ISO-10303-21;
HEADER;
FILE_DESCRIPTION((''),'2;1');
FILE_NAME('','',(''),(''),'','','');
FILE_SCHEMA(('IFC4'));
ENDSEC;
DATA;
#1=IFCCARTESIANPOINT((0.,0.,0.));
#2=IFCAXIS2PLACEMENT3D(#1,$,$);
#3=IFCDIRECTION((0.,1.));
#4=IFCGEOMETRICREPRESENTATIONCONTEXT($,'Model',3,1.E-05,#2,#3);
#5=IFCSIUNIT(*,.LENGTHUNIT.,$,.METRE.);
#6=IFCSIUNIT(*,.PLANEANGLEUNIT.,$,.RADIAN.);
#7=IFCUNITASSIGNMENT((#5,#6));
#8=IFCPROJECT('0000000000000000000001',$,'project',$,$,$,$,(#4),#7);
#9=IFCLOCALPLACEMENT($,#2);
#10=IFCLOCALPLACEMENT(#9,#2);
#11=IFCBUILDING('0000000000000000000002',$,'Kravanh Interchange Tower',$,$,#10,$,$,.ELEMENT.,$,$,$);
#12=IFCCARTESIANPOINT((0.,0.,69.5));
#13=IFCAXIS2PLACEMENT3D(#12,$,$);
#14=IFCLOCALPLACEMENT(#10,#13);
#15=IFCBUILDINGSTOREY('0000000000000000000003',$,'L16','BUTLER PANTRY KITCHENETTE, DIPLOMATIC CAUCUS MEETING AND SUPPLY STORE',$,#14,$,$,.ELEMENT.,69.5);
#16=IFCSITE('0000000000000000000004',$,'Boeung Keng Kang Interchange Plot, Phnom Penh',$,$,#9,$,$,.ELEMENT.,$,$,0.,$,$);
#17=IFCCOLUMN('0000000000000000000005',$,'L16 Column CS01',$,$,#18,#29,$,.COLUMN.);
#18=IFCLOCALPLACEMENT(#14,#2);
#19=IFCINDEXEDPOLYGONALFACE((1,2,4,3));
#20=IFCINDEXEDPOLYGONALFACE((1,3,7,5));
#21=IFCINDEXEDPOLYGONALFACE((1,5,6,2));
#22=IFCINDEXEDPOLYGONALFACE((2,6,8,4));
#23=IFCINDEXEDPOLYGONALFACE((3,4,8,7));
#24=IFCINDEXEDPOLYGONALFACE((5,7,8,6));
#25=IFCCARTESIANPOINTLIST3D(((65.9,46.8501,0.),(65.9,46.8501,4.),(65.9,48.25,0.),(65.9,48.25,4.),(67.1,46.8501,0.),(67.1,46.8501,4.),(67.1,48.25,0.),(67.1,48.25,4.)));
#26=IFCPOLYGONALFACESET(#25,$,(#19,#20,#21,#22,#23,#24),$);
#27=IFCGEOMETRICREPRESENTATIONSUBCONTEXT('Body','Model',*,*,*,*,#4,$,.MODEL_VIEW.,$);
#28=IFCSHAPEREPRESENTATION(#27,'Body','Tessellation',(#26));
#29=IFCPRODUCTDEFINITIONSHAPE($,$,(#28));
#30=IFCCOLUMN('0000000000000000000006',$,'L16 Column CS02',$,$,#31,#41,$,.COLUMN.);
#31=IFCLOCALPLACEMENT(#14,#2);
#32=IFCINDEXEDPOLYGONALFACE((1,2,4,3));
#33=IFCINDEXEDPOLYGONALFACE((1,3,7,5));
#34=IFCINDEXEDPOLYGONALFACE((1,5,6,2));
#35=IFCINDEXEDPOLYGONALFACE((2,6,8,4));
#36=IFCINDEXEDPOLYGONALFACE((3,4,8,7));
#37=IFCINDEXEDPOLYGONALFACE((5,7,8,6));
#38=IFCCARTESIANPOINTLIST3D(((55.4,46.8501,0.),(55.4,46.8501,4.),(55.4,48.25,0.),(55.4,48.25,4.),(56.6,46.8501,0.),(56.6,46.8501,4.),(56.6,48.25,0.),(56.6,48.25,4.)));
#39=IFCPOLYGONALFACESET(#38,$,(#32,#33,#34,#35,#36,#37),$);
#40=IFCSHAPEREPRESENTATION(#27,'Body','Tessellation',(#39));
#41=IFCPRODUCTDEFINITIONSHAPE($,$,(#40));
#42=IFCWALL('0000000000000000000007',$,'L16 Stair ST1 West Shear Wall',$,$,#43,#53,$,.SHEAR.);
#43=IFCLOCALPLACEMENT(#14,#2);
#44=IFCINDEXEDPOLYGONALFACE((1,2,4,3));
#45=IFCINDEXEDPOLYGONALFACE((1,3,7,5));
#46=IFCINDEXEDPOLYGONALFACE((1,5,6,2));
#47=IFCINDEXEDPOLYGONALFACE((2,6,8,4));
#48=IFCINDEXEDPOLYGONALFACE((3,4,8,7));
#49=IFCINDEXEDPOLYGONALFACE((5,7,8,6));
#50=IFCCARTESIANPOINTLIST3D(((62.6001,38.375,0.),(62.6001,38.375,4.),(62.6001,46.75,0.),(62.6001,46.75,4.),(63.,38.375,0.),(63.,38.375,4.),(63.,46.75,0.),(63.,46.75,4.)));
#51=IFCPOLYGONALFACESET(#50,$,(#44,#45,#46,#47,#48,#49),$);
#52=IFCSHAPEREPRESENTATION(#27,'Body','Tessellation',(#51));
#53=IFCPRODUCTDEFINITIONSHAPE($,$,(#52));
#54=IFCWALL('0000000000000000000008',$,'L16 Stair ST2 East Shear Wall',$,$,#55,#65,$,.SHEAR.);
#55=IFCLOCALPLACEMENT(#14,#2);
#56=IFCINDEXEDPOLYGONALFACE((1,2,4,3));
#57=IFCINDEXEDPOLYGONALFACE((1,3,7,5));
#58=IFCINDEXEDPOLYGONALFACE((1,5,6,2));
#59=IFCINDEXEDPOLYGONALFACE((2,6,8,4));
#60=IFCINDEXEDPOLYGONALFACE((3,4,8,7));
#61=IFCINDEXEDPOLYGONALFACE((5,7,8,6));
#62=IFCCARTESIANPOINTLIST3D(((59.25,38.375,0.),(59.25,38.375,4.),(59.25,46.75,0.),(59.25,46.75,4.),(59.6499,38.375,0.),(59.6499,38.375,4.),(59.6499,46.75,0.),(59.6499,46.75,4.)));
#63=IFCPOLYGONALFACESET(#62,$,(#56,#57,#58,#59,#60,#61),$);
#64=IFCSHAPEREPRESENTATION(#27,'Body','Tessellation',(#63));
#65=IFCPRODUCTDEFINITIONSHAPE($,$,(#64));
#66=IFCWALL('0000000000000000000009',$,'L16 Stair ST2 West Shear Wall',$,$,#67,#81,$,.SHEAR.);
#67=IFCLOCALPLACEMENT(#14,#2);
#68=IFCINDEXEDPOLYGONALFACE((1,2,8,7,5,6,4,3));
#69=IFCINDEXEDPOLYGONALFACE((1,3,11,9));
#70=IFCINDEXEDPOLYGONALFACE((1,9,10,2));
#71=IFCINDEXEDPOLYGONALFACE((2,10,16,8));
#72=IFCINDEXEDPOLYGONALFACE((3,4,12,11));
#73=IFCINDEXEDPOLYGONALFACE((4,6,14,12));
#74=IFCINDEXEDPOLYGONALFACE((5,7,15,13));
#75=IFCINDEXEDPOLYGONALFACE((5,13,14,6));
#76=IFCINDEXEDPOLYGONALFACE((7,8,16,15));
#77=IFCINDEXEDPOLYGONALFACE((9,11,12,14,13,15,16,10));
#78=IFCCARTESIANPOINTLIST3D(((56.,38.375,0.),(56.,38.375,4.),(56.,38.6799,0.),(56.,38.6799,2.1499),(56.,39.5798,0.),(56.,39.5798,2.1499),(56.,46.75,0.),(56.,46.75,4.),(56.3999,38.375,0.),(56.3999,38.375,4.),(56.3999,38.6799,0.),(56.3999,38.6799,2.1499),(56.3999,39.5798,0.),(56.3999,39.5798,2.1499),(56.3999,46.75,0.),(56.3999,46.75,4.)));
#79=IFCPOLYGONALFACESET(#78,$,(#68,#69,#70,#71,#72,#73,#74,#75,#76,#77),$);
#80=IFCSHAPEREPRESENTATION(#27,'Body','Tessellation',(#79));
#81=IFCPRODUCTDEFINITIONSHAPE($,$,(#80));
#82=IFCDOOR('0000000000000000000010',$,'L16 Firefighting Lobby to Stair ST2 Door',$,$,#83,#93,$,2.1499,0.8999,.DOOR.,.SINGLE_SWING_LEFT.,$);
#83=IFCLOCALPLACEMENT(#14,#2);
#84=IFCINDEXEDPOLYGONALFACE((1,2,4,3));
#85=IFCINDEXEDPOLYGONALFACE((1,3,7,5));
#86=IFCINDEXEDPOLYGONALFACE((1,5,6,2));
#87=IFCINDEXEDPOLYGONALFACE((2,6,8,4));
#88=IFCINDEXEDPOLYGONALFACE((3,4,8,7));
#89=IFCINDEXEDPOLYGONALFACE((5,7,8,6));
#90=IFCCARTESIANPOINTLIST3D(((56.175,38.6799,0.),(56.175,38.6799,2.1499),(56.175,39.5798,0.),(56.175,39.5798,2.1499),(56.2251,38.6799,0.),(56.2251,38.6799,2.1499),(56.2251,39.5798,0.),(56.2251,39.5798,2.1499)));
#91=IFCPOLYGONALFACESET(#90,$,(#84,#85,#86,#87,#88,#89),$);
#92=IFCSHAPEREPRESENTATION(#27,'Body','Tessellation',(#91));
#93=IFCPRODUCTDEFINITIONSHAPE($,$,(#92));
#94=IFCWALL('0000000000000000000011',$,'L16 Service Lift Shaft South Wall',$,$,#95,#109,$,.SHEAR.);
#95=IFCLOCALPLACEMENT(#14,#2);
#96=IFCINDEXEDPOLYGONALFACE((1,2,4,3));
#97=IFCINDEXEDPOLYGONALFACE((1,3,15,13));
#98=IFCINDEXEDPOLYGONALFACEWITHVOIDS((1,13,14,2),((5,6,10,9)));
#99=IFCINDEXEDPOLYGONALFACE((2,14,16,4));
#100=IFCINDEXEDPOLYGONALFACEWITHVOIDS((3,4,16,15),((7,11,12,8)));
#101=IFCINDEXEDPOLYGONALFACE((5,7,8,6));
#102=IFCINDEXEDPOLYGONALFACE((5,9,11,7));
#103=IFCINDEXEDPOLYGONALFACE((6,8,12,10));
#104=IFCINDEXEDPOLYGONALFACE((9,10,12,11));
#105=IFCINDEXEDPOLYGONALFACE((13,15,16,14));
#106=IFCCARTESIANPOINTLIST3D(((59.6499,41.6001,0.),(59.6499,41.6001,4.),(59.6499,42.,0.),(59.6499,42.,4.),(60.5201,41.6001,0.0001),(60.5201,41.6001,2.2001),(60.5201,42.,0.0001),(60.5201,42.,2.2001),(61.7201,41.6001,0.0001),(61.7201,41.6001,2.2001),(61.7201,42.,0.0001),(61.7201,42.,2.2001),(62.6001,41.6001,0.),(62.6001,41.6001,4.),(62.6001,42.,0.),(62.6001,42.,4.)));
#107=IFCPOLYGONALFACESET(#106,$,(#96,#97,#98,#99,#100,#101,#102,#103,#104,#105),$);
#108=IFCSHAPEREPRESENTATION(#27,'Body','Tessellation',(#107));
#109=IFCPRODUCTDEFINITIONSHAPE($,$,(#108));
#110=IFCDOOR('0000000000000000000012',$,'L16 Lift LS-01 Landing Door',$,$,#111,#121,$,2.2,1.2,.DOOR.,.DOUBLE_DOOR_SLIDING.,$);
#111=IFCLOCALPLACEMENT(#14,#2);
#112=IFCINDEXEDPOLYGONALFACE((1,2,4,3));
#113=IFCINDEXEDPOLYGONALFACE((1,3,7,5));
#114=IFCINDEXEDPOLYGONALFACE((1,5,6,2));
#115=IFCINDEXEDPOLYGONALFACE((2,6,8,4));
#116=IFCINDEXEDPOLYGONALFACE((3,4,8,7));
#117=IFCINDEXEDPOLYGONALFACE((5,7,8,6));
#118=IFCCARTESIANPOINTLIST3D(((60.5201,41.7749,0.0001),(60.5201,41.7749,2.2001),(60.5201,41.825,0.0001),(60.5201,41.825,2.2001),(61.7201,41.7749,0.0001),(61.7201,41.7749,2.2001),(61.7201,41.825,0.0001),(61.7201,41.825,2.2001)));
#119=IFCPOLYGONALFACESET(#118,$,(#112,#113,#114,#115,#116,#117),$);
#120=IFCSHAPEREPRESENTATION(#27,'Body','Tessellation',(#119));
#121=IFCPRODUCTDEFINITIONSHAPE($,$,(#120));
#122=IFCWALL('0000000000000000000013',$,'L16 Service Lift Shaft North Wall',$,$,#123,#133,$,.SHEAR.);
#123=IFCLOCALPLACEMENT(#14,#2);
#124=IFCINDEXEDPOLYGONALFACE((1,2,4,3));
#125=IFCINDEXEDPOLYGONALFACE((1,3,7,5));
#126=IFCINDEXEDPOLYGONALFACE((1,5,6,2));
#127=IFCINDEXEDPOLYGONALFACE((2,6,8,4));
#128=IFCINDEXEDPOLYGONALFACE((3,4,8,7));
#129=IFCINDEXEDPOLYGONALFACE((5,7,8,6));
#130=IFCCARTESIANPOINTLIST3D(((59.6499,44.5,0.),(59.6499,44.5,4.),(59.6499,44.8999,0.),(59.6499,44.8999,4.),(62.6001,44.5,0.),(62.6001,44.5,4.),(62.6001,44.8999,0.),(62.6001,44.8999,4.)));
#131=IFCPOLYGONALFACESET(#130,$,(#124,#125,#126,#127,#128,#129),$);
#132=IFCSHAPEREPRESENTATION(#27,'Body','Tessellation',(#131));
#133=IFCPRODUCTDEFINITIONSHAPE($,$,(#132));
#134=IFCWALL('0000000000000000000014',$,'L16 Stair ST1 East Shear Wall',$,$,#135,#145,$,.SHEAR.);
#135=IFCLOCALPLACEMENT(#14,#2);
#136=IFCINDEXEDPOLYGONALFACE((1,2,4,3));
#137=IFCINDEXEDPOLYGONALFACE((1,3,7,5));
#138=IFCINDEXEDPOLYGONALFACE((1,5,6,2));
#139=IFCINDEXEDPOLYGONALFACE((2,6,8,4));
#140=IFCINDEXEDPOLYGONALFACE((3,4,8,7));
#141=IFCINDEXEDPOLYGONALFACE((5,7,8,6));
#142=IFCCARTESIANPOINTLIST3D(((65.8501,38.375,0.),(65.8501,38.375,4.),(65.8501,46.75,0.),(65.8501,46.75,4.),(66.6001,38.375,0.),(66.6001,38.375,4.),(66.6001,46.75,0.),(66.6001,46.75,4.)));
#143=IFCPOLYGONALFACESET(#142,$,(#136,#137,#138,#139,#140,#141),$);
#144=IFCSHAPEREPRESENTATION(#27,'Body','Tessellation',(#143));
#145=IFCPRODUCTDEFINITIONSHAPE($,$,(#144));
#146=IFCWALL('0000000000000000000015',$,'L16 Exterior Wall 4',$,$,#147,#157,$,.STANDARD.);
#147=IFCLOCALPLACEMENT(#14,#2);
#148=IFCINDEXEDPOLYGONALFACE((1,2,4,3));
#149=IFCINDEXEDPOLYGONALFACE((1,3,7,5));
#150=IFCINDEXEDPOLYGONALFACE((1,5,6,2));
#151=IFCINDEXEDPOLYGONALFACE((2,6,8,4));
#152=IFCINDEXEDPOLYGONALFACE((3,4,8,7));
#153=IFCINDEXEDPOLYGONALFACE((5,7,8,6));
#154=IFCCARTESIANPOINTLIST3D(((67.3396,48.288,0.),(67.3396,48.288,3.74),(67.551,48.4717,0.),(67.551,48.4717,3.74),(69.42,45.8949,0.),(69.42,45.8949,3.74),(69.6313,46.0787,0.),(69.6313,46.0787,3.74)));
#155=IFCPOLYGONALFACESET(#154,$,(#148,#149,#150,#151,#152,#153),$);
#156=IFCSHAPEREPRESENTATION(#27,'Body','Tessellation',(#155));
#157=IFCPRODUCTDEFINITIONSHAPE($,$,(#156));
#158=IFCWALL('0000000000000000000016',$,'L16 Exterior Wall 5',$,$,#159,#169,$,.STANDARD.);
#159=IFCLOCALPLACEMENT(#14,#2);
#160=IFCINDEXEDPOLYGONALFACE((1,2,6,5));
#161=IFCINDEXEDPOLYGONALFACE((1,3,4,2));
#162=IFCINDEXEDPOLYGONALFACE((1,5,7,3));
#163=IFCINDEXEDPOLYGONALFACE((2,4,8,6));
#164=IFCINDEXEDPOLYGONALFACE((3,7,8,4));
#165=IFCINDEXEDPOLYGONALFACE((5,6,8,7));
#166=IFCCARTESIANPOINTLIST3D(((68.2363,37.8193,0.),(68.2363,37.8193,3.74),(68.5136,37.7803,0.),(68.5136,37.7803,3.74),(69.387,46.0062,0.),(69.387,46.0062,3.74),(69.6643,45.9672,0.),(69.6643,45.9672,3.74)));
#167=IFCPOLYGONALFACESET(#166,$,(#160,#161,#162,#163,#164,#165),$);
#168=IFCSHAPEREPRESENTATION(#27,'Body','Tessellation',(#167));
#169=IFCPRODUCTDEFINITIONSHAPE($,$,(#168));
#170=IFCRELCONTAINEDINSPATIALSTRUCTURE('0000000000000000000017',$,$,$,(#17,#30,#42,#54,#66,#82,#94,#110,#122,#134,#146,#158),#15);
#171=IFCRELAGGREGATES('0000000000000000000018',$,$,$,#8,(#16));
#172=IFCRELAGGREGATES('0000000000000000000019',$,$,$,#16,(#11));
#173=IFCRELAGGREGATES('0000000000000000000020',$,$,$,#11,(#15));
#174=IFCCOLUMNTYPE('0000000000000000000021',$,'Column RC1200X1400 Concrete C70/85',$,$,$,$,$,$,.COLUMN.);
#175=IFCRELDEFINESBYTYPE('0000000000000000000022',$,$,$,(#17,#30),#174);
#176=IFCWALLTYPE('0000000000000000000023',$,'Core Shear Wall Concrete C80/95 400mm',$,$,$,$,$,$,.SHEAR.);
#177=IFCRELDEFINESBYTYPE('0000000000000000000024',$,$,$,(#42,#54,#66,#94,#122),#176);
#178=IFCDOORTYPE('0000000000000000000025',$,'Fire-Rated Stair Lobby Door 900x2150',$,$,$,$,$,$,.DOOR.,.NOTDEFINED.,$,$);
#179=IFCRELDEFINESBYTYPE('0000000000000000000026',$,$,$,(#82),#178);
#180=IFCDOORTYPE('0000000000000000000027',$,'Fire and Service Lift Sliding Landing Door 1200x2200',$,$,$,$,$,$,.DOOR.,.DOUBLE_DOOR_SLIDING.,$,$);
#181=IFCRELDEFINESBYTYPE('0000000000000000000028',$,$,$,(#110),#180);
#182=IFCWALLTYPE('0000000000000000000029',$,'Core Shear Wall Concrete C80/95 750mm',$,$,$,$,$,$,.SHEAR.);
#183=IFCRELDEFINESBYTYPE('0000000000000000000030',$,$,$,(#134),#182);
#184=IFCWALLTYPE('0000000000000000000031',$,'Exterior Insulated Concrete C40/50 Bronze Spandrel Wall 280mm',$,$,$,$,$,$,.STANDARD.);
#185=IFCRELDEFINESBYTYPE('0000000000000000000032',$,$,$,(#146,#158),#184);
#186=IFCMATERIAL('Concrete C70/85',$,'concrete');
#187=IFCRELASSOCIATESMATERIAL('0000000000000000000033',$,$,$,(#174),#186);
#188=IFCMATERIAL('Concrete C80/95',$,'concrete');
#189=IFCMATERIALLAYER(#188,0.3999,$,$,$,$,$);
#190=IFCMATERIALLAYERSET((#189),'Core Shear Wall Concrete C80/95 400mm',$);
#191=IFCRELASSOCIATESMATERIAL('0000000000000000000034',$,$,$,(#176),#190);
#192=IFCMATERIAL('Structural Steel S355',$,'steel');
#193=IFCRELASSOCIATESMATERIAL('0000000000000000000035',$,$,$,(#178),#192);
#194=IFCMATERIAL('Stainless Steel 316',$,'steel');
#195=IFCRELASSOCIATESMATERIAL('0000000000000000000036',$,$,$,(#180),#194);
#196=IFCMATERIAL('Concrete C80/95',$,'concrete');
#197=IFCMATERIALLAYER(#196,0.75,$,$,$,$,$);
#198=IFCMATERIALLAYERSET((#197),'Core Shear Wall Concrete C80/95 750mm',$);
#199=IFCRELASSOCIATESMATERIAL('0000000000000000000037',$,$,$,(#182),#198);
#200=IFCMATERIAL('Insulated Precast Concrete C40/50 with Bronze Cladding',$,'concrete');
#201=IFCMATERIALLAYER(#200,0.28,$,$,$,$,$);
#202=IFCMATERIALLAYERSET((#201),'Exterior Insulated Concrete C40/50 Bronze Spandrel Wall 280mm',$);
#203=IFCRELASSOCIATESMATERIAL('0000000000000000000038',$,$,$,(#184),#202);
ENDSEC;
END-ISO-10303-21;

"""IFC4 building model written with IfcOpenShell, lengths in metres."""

from ifc_helpers import new_model, si_unit, direction, frame, frame_2d, origin, origin_2d, place, context, subcontext, project, spatial, rectangle, extrude, material, layer, layer_set, material_profile, profile_set, type_object, element, fill, save


model = new_model("IFC4")

# Units and contexts
model_context = context("Model", 3, precision=1e-05, world=origin(), true_north=direction((0.0, 1.0)))
body_context = subcontext(model_context, "Body", "Model", "MODEL_VIEW")
ifc_project = project(units=[si_unit("LENGTHUNIT", "METRE"), si_unit("PLANEANGLEUNIT", "RADIAN")], contexts=[model_context])

# Site, building, storey
site_placement = place(None, origin())
site = spatial("IfcSite", under=ifc_project, at=site_placement, Name="Boeung Keng Kang Interchange Plot, Phnom Penh", CompositionType="ELEMENT", RefElevation=0.0)
building_placement = place(site_placement, origin())
building = spatial("IfcBuilding", under=site, at=building_placement, Name="Kravanh Interchange Tower", CompositionType="ELEMENT")
storey_placement = place(building_placement, frame((0.0, 0.0, 69.5)))
storey = spatial("IfcBuildingStorey", under=building, at=storey_placement, Name="L16", Description="BUTLER PANTRY KITCHENETTE, DIPLOMATIC CAUCUS MEETING AND SUPPLY STORE", CompositionType="ELEMENT", Elevation=69.5)

# Columns
ifc_material_1 = material(Name="Concrete C70/85", Category="concrete")
ifc_material_profile = material_profile(ifc_material_1, rectangle(XDim=1.2, YDim=1.3999, at=origin_2d()), Name="RC1200X1400")
ifc_profile_set = profile_set([ifc_material_profile], Name="Concrete C70/85")
column_type = type_object("IfcColumnType", Name="Column RC1200X1400 Concrete C70/85", PredefinedType="COLUMN", material=ifc_profile_set)
for number, where, z_axis, x_axis, name in (
    (1, (66.5, 47.55, 0.0), (0.0, 0.0, 1.0), (1.0, 0.0, 0.0), "L16 Column CS01"),
    (2, (56.0, 47.55, 0.0), (0.0, 0.0, 1.0), (1.0, 0.0, 0.0), "L16 Column CS02"),
):
    element("IfcColumn", number, at=place(storey_placement, frame(where, z_axis=z_axis, x_axis=x_axis)), inside=storey, type_object=column_type, Name=name, PredefinedType="COLUMN", context=body_context, shape_type="SweptSolid", body=[
        extrude(rectangle(XDim=1.2, YDim=1.3999, at=origin_2d()), origin(), (0.0, 0.0, 1.0), 4.0),
    ])

# Walls
ifc_material_2 = material(Name="Concrete C80/95", Category="concrete")
ifc_layer_1 = layer(ifc_material_2, 0.3999)
ifc_layer_set_1 = layer_set([ifc_layer_1], Name="Core Shear Wall Concrete C80/95 400mm")
wall_type_1 = type_object("IfcWallType", Name="Core Shear Wall Concrete C80/95 400mm", PredefinedType="SHEAR", material=ifc_layer_set_1)
for number, where, z_axis, x_axis, name in (
    (3, (62.8, 38.375, 0.0), (0.0, 0.0, 1.0), (0.0, 1.0, 0.0), "L16 Stair ST1 West Shear Wall"),
    (4, (59.45, 38.375, 0.0), (0.0, 0.0, 1.0), (0.0, 1.0, 0.0), "L16 Stair ST2 East Shear Wall"),
):
    element("IfcWall", number, at=place(storey_placement, frame(where, z_axis=z_axis, x_axis=x_axis)), inside=storey, type_object=wall_type_1, Name=name, PredefinedType="SHEAR", context=body_context, shape_type="SweptSolid", body=[
        extrude(rectangle(XDim=8.375, YDim=0.3999, at=frame_2d((4.1875, 0.0))), origin(), (0.0, 0.0, 1.0), 4.0),
    ])

# Walls, openings, doors
wall_1_placement = place(storey_placement, frame((56.2, 38.375, 0.0), z_axis=(0.0, 0.0, 1.0), x_axis=(0.0, 1.0, 0.0)))
wall_1 = element("IfcWall", 5, at=wall_1_placement, inside=storey, type_object=wall_type_1, Name="L16 Stair ST2 West Shear Wall", PredefinedType="SHEAR", context=body_context, shape_type="SweptSolid", body=[
    extrude(rectangle(XDim=8.375, YDim=0.3999, at=frame_2d((4.1875, 0.0))), origin(), (0.0, 0.0, 1.0), 4.0),
])
opening_1_placement = place(wall_1_placement, frame((0.3049, 0.0, 0.0)))
opening_1 = element("IfcOpeningElement", 6, at=opening_1_placement, cuts=wall_1, PredefinedType="OPENING", context=body_context, shape_type="SweptSolid", body=[
    extrude(rectangle(XDim=0.8999, YDim=2.1499, at=frame_2d((0.45, 1.075))), frame((0.0, 0.21, 0.0), z_axis=(0.0, -1.0, 0.0), x_axis=(1.0, 0.0, 0.0)), (0.0, 0.0, 1.0), 0.4199),
])
ifc_material_3 = material(Name="Structural Steel S355", Category="steel")
door_type_1 = type_object("IfcDoorType", Name="Fire-Rated Stair Lobby Door 900x2150", OperationType="NOTDEFINED", PredefinedType="DOOR", material=ifc_material_3)
door_1_placement = place(opening_1_placement, origin())
door_1 = element("IfcDoor", 7, at=door_1_placement, inside=storey, type_object=door_type_1, Name="L16 Firefighting Lobby to Stair ST2 Door", OperationType="SINGLE_SWING_LEFT", OverallHeight=2.1499, OverallWidth=0.8999, PredefinedType="DOOR", context=body_context, shape_type="SweptSolid", body=[
    extrude(rectangle(XDim=0.8999, YDim=2.1499, at=frame_2d((0.45, 1.075))), frame((0.0, 0.0249, 0.0), z_axis=(0.0, -1.0, 0.0), x_axis=(1.0, 0.0, 0.0)), (0.0, 0.0, 1.0), 0.05),
])
fill(opening_1, door_1)
wall_2_placement = place(storey_placement, frame((59.6499, 41.8, 0.0), z_axis=(0.0, 0.0, 1.0), x_axis=(1.0, 0.0, 0.0)))
wall_2 = element("IfcWall", 8, at=wall_2_placement, inside=storey, type_object=wall_type_1, Name="L16 Service Lift Shaft South Wall", PredefinedType="SHEAR", context=body_context, shape_type="SweptSolid", body=[
    extrude(rectangle(XDim=2.9502, YDim=0.3999, at=frame_2d((1.4751, 0.0))), origin(), (0.0, 0.0, 1.0), 4.0),
])
opening_2_placement = place(wall_2_placement, frame((0.8701, 0.0, 0.0)))
opening_2 = element("IfcOpeningElement", 9, at=opening_2_placement, cuts=wall_2, PredefinedType="OPENING", context=body_context, shape_type="SweptSolid", body=[
    extrude(rectangle(XDim=1.2, YDim=2.2, at=frame_2d((0.6001, 1.1001))), frame((0.0, 0.21, 0.0), z_axis=(0.0, -1.0, 0.0), x_axis=(1.0, 0.0, 0.0)), (0.0, 0.0, 1.0), 0.4199),
])
ifc_material_4 = material(Name="Stainless Steel 316", Category="steel")
door_type_2 = type_object("IfcDoorType", Name="Fire and Service Lift Sliding Landing Door 1200x2200", OperationType="DOUBLE_DOOR_SLIDING", PredefinedType="DOOR", material=ifc_material_4)
door_2_placement = place(opening_2_placement, origin())
door_2 = element("IfcDoor", 10, at=door_2_placement, inside=storey, type_object=door_type_2, Name="L16 Lift LS-01 Landing Door", OperationType="DOUBLE_DOOR_SLIDING", OverallHeight=2.2, OverallWidth=1.2, PredefinedType="DOOR", context=body_context, shape_type="SweptSolid", body=[
    extrude(rectangle(XDim=1.2, YDim=2.2, at=frame_2d((0.6001, 1.1001))), frame((0.0, 0.0249, 0.0), z_axis=(0.0, -1.0, 0.0), x_axis=(1.0, 0.0, 0.0)), (0.0, 0.0, 1.0), 0.05),
])
fill(opening_2, door_2)

# Walls
wall_3_placement = place(storey_placement, frame((59.6499, 44.7, 0.0), z_axis=(0.0, 0.0, 1.0), x_axis=(1.0, 0.0, 0.0)))
element("IfcWall", 11, at=wall_3_placement, inside=storey, type_object=wall_type_1, Name="L16 Service Lift Shaft North Wall", PredefinedType="SHEAR", context=body_context, shape_type="SweptSolid", body=[
    extrude(rectangle(XDim=2.9502, YDim=0.3999, at=frame_2d((1.4751, 0.0))), origin(), (0.0, 0.0, 1.0), 4.0),
])
ifc_material_5 = material(Name="Concrete C80/95", Category="concrete")
ifc_layer_2 = layer(ifc_material_5, 0.75)
ifc_layer_set_2 = layer_set([ifc_layer_2], Name="Core Shear Wall Concrete C80/95 750mm")
wall_type_2 = type_object("IfcWallType", Name="Core Shear Wall Concrete C80/95 750mm", PredefinedType="SHEAR", material=ifc_layer_set_2)
wall_4_placement = place(storey_placement, frame((66.2251, 38.375, 0.0), z_axis=(0.0, 0.0, 1.0), x_axis=(0.0, 1.0, 0.0)))
element("IfcWall", 12, at=wall_4_placement, inside=storey, type_object=wall_type_2, Name="L16 Stair ST1 East Shear Wall", PredefinedType="SHEAR", context=body_context, shape_type="SweptSolid", body=[
    extrude(rectangle(XDim=8.375, YDim=0.75, at=frame_2d((4.1875, 0.0))), origin(), (0.0, 0.0, 1.0), 4.0),
])
ifc_material_6 = material(Name="Insulated Precast Concrete C40/50 with Bronze Cladding", Category="concrete")
ifc_layer_3 = layer(ifc_material_6, 0.28)
ifc_layer_set_3 = layer_set([ifc_layer_3], Name="Exterior Insulated Concrete C40/50 Bronze Spandrel Wall 280mm")
wall_type_3 = type_object("IfcWallType", Name="Exterior Insulated Concrete C40/50 Bronze Spandrel Wall 280mm", PredefinedType="STANDARD", material=ifc_layer_set_3)
wall_5_placement = place(storey_placement, frame((67.4453, 48.3799, 0.0), z_axis=(0.0, 0.0, 1.0), x_axis=(0.65607, -0.7547, 0.0)))
element("IfcWall", 13, at=wall_5_placement, inside=storey, type_object=wall_type_3, Name="L16 Exterior Wall 4", PredefinedType="STANDARD", context=body_context, shape_type="SweptSolid", body=[
    extrude(rectangle(XDim=3.1709, YDim=0.28, at=frame_2d((1.5854, 0.0))), origin(), (0.0, 0.0, 1.0), 3.74),
])
wall_6_placement = place(storey_placement, frame((69.5256, 45.9868, 0.0), z_axis=(0.0, 0.0, 1.0), x_axis=(-0.13918, -0.990267, 0.0)))
element("IfcWall", 14, at=wall_6_placement, inside=storey, type_object=wall_type_3, Name="L16 Exterior Wall 5", PredefinedType="STANDARD", context=body_context, shape_type="SweptSolid", body=[
    extrude(rectangle(XDim=8.2673, YDim=0.28, at=frame_2d((4.1338, 0.0))), origin(), (0.0, 0.0, 1.0), 3.74),
])

save(model, "model.ifc")
